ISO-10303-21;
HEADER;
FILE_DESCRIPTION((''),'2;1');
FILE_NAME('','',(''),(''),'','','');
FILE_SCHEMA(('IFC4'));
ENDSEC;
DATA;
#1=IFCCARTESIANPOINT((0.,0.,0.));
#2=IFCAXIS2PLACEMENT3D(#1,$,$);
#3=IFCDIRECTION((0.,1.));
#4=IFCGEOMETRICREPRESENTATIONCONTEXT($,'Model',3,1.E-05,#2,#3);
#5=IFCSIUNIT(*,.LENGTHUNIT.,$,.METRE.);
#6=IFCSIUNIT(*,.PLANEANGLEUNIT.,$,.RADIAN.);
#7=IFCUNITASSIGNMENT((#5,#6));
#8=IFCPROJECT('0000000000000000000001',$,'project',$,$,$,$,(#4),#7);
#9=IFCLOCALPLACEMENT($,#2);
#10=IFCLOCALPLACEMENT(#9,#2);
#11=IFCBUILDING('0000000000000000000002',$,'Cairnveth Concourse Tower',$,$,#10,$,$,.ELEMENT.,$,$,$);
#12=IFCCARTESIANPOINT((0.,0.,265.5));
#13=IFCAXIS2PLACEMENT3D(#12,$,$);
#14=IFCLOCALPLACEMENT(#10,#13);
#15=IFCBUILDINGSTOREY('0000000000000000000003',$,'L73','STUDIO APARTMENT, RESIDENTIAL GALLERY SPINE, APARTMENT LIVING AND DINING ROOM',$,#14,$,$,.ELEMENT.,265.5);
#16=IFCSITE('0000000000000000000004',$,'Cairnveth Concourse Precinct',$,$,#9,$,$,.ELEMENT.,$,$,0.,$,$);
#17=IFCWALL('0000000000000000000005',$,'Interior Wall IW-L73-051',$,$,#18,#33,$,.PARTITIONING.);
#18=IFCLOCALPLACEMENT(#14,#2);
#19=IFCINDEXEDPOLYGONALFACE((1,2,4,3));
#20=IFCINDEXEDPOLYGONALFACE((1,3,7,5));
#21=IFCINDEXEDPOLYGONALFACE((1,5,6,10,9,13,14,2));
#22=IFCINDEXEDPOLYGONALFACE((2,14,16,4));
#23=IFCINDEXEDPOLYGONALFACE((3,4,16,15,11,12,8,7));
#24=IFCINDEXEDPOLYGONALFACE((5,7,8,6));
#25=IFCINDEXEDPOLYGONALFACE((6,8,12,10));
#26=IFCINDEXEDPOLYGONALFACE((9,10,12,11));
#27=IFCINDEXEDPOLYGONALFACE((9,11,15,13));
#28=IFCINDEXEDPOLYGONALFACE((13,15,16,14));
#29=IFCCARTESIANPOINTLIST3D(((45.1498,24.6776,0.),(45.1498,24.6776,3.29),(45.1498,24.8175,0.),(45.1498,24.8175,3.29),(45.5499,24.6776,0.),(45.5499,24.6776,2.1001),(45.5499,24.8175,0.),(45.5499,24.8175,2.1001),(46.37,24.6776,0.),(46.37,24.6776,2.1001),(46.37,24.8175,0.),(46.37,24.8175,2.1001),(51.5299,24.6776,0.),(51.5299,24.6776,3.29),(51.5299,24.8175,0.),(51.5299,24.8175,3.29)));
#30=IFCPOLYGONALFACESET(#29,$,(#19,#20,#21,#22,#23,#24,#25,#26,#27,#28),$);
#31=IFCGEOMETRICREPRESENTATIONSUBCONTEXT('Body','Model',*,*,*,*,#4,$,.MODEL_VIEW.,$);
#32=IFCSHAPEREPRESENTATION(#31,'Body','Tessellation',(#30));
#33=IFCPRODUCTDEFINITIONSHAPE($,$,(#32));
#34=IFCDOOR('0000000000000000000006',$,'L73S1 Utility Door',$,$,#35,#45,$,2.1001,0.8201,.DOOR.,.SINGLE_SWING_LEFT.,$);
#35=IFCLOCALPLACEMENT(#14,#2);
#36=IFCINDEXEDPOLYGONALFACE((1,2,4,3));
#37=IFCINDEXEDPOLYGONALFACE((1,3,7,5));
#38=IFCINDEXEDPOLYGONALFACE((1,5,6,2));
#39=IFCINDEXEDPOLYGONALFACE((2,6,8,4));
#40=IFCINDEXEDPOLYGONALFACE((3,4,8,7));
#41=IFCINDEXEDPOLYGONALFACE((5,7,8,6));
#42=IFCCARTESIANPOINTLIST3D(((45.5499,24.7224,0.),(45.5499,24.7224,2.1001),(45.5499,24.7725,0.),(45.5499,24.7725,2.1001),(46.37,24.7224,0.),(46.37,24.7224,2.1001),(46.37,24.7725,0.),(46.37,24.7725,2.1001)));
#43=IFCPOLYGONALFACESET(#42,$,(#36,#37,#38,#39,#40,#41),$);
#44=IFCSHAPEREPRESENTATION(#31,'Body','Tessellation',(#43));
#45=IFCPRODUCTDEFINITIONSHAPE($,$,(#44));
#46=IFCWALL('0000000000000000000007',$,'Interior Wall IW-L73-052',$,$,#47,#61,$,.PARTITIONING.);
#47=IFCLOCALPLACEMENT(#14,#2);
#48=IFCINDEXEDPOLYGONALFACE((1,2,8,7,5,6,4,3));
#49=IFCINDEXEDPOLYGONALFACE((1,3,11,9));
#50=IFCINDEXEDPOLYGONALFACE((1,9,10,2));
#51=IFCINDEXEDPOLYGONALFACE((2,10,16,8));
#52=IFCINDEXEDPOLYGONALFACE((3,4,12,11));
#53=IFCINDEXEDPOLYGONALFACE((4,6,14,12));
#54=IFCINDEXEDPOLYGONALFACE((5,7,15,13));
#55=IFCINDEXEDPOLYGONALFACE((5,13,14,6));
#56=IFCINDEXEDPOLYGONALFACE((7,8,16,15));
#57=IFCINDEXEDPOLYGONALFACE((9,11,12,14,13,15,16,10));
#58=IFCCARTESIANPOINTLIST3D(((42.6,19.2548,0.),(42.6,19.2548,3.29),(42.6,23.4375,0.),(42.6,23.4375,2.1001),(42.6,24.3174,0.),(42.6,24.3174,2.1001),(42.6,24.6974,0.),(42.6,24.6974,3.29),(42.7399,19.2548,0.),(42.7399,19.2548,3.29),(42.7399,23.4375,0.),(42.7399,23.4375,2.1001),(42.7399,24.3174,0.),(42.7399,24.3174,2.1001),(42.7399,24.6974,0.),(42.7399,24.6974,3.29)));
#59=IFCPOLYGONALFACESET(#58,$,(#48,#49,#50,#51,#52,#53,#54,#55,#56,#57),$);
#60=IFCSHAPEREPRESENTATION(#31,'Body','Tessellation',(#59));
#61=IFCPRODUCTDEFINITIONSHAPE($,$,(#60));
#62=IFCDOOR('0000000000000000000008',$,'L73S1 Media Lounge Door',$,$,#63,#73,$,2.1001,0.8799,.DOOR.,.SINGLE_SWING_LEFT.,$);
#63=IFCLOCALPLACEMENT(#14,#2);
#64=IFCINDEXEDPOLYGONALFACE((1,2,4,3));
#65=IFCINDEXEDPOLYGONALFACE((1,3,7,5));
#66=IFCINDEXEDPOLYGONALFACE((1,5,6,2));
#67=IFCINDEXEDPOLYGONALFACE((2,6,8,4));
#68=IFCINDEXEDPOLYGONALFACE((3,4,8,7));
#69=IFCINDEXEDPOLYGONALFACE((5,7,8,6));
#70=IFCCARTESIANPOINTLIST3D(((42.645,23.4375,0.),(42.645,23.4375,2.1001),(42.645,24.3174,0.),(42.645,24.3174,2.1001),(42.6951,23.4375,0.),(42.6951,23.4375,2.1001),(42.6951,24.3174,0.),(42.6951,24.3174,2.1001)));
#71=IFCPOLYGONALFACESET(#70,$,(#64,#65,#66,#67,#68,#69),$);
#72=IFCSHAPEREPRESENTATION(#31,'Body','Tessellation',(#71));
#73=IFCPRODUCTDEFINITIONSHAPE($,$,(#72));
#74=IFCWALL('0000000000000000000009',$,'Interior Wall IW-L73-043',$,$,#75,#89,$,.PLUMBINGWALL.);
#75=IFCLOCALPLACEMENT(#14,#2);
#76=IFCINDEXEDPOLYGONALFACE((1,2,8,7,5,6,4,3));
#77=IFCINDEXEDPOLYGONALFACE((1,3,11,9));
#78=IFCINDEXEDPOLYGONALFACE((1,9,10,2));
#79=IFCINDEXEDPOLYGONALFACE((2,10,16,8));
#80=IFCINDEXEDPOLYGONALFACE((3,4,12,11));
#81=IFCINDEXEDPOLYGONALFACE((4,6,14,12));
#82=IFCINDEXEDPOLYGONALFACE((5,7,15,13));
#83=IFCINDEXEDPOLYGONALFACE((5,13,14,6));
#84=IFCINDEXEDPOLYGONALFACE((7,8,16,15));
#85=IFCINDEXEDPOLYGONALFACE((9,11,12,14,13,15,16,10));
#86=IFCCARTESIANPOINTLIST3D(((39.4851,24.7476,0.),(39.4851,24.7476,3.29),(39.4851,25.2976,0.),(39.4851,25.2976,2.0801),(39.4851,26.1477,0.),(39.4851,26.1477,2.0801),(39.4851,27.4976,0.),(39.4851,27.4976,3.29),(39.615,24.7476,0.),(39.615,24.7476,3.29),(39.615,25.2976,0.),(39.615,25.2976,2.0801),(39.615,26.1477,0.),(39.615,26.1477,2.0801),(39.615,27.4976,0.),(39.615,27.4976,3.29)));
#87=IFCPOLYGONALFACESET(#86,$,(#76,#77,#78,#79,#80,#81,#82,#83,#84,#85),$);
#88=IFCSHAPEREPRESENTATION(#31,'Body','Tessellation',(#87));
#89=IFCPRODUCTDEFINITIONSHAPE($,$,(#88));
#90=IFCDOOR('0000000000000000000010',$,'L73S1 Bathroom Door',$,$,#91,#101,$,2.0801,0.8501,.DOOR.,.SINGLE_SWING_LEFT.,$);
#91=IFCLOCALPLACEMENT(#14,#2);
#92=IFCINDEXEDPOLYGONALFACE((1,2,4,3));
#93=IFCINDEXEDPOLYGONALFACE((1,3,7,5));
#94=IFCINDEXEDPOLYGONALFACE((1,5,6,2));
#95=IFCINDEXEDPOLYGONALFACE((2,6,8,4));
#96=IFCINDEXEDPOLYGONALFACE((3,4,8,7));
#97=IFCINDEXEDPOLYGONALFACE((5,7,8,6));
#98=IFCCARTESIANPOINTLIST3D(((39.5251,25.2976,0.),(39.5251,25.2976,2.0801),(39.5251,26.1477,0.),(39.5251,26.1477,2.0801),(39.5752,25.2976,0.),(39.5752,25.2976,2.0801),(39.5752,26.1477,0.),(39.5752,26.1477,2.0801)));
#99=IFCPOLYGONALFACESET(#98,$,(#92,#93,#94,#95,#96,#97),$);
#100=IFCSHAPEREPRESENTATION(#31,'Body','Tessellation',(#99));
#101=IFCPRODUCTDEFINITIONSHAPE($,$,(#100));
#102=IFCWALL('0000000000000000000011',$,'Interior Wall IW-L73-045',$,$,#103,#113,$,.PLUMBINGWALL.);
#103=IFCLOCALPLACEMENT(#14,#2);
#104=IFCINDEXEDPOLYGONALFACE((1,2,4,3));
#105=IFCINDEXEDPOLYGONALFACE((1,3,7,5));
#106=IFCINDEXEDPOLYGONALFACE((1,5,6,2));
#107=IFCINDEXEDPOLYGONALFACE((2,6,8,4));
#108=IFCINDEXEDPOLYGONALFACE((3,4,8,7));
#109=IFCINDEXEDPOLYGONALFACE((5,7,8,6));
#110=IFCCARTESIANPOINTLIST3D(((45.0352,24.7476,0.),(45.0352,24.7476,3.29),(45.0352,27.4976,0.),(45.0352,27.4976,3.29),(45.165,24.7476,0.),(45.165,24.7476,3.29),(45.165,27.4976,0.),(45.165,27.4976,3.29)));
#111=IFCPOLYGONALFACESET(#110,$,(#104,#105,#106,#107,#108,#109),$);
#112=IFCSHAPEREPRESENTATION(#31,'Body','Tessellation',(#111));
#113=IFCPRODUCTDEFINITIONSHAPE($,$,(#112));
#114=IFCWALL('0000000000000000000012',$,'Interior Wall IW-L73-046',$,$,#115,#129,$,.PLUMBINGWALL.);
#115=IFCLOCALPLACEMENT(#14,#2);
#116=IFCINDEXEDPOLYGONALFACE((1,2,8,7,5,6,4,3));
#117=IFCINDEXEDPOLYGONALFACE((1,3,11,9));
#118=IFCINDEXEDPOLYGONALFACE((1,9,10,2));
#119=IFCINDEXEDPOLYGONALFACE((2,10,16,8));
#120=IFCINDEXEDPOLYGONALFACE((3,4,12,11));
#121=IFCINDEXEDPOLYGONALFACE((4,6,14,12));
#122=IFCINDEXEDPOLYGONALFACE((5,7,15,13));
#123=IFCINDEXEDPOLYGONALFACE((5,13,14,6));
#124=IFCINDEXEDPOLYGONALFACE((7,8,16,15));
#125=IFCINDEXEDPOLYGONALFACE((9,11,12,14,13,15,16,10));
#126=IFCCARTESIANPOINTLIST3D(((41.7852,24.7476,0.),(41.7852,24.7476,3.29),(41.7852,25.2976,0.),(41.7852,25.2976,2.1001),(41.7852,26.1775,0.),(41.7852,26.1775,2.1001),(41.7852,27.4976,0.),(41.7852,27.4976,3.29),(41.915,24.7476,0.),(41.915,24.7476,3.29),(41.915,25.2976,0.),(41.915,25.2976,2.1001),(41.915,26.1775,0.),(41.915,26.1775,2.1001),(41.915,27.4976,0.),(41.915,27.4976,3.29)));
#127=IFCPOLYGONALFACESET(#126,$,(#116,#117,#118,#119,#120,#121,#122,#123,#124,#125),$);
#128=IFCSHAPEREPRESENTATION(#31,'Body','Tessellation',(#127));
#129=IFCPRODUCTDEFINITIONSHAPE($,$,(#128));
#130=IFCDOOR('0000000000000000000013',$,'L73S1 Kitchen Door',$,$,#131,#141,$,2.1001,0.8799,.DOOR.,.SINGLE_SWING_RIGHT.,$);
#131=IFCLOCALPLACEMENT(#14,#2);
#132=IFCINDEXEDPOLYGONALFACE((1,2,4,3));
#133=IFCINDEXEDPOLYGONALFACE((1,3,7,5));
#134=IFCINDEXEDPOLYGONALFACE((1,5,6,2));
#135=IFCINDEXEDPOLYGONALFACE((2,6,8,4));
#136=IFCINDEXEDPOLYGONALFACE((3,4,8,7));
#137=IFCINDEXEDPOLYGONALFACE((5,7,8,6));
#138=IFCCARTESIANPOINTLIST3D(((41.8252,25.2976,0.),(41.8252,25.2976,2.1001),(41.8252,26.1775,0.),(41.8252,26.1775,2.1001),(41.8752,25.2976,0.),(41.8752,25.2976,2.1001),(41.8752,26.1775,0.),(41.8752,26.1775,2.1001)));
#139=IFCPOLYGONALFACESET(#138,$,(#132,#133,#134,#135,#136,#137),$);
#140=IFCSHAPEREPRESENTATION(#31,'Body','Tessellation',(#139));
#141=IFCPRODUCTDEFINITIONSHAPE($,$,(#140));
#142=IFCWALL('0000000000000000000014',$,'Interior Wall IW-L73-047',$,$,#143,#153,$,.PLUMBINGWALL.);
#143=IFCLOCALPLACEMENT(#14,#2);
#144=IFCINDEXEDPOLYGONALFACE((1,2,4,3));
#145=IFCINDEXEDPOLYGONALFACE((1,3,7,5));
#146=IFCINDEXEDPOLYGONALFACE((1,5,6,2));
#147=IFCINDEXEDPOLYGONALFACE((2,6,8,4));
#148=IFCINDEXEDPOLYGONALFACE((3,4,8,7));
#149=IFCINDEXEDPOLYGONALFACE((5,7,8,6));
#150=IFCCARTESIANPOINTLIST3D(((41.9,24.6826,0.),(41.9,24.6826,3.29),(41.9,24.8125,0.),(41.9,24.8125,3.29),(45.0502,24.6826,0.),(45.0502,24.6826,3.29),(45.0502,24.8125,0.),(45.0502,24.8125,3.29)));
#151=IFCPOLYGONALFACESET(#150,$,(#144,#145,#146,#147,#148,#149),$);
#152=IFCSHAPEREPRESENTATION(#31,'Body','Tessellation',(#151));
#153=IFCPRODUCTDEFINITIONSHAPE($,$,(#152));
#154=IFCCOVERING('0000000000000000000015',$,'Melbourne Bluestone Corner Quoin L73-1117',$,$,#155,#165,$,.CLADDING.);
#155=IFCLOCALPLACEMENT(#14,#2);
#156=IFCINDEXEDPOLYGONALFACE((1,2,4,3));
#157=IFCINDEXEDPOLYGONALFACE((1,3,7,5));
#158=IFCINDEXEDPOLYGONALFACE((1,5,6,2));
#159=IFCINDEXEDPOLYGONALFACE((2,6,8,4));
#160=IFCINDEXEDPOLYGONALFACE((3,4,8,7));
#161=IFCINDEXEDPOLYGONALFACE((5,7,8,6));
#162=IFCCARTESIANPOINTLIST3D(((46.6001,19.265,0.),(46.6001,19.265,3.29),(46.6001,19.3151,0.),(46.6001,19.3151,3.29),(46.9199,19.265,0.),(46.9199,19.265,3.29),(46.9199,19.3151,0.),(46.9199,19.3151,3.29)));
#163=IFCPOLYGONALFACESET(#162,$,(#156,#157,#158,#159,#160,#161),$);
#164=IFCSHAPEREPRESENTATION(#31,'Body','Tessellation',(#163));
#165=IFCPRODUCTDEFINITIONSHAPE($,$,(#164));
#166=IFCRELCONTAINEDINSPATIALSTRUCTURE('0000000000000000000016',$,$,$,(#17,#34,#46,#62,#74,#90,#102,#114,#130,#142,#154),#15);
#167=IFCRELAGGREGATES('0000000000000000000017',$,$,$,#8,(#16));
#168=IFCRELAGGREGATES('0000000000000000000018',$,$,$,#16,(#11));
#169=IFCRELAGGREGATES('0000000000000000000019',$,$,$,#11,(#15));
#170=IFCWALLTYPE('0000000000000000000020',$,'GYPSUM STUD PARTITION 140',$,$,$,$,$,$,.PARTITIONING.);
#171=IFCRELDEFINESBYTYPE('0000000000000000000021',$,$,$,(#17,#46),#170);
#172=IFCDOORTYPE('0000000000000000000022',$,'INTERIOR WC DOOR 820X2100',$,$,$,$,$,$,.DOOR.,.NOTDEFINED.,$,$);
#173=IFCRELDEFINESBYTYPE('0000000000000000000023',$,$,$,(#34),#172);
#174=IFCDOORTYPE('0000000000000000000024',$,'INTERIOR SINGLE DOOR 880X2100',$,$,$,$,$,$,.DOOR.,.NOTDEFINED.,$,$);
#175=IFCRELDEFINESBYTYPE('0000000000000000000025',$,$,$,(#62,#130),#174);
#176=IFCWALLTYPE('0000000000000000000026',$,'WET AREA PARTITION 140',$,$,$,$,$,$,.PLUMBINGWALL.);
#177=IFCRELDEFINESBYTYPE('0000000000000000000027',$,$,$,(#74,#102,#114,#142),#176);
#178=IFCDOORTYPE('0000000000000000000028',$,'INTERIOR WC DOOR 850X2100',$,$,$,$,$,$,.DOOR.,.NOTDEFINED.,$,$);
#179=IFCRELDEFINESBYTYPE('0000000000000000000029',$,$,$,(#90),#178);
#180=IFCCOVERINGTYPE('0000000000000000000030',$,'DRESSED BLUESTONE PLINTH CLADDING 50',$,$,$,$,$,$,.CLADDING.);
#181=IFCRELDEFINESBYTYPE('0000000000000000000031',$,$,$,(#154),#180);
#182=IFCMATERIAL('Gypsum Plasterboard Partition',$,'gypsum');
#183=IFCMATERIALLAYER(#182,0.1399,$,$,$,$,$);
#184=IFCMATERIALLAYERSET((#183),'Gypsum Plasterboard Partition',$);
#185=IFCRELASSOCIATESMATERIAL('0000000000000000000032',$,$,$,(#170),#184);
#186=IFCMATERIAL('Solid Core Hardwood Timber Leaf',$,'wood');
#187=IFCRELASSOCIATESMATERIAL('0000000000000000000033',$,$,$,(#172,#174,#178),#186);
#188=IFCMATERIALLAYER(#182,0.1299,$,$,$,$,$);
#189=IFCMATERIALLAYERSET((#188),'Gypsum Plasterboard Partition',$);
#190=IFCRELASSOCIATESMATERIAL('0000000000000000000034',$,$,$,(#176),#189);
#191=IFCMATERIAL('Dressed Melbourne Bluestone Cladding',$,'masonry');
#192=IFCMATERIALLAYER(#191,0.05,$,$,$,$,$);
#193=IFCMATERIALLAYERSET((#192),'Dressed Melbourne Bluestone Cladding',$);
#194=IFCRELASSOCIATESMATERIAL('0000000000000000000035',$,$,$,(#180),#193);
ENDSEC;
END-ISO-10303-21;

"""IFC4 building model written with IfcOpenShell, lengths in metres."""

from ifc_helpers import new_model, si_unit, direction, frame, frame_2d, origin, place, context, subcontext, project, spatial, rectangle, extrude, material, layer, layer_set, type_object, element, fill, save


model = new_model("IFC4")

# Units and contexts
model_context = context("Model", 3, precision=1e-05, world=origin(), true_north=direction((0.0, 1.0)))
body_context = subcontext(model_context, "Body", "Model", "MODEL_VIEW")
ifc_project = project(units=[si_unit("LENGTHUNIT", "METRE"), si_unit("PLANEANGLEUNIT", "RADIAN")], contexts=[model_context])

# Site, building, storey
site_placement = place(None, origin())
site = spatial("IfcSite", under=ifc_project, at=site_placement, Name="Cairnveth Concourse Precinct", CompositionType="ELEMENT", RefElevation=0.0)
building_placement = place(site_placement, origin())
building = spatial("IfcBuilding", under=site, at=building_placement, Name="Cairnveth Concourse Tower", CompositionType="ELEMENT")
storey_placement = place(building_placement, frame((0.0, 0.0, 265.5)))
storey = spatial("IfcBuildingStorey", under=building, at=storey_placement, Name="L73", Description="STUDIO APARTMENT, RESIDENTIAL GALLERY SPINE, APARTMENT LIVING AND DINING ROOM", CompositionType="ELEMENT", Elevation=265.5)

# Shared definitions
ifc_material_1 = material(Name="Gypsum Plasterboard Partition", Category="gypsum")

# Shared definitions
ifc_material_2 = material(Name="Solid Core Hardwood Timber Leaf", Category="wood")

# Walls, openings, doors
ifc_layer_1 = layer(ifc_material_1, 0.1399)
ifc_layer_set_1 = layer_set([ifc_layer_1], Name="Gypsum Plasterboard Partition")
wall_type_1 = type_object("IfcWallType", Name="GYPSUM STUD PARTITION 140", PredefinedType="PARTITIONING", material=ifc_layer_set_1)
wall_1_placement = place(storey_placement, frame((45.1499, 24.7476, 0.0), z_axis=(0.0, 0.0, 1.0), x_axis=(1.0, 0.0, 0.0)))
wall_1 = element("IfcWall", 1, at=wall_1_placement, inside=storey, type_object=wall_type_1, Name="Interior Wall IW-L73-051", PredefinedType="PARTITIONING", context=body_context, shape_type="SweptSolid", body=[
    extrude(rectangle(XDim=6.3801, YDim=0.1399, at=frame_2d((3.1899, 0.0))), origin(), (0.0, 0.0, 1.0), 3.29),
])
opening_1_placement = place(wall_1_placement, frame((0.3999, 0.0, 0.0)))
opening_1 = element("IfcOpeningElement", 2, at=opening_1_placement, cuts=wall_1, PredefinedType="OPENING", context=body_context, shape_type="SweptSolid", body=[
    extrude(rectangle(XDim=0.8201, YDim=2.1001, at=frame_2d((0.4102, 1.05))), frame((0.0, 0.0798, 0.0), z_axis=(0.0, -1.0, 0.0), x_axis=(1.0, 0.0, 0.0)), (0.0, 0.0, 1.0), 0.1599),
])
door_type_1 = type_object("IfcDoorType", Name="INTERIOR WC DOOR 820X2100", OperationType="NOTDEFINED", PredefinedType="DOOR", material=ifc_material_2)
door_1_placement = place(opening_1_placement, origin())
door_1 = element("IfcDoor", 3, at=door_1_placement, inside=storey, type_object=door_type_1, Name="L73S1 Utility Door", OperationType="SINGLE_SWING_LEFT", OverallHeight=2.1001, OverallWidth=0.8201, PredefinedType="DOOR", context=body_context, shape_type="SweptSolid", body=[
    extrude(rectangle(XDim=0.8201, YDim=2.1001, at=frame_2d((0.4102, 1.05))), frame((0.0, 0.0249, 0.0), z_axis=(0.0, -1.0, 0.0), x_axis=(1.0, 0.0, 0.0)), (0.0, 0.0, 1.0), 0.05),
])
fill(opening_1, door_1)
wall_2_placement = place(storey_placement, frame((42.6699, 19.2549, 0.0), z_axis=(0.0, 0.0, 1.0), x_axis=(0.0, 1.0, 0.0)))
wall_2 = element("IfcWall", 4, at=wall_2_placement, inside=storey, type_object=wall_type_1, Name="Interior Wall IW-L73-052", PredefinedType="PARTITIONING", context=body_context, shape_type="SweptSolid", body=[
    extrude(rectangle(XDim=5.4426, YDim=0.1399, at=frame_2d((2.7212, 0.0))), origin(), (0.0, 0.0, 1.0), 3.29),
])
opening_2_placement = place(wall_2_placement, frame((4.1826, 0.0, 0.0)))
opening_2 = element("IfcOpeningElement", 5, at=opening_2_placement, cuts=wall_2, PredefinedType="OPENING", context=body_context, shape_type="SweptSolid", body=[
    extrude(rectangle(XDim=0.8799, YDim=2.1001, at=frame_2d((0.4399, 1.05))), frame((0.0, 0.0798, 0.0), z_axis=(0.0, -1.0, 0.0), x_axis=(1.0, 0.0, 0.0)), (0.0, 0.0, 1.0), 0.1599),
])
door_type_2 = type_object("IfcDoorType", Name="INTERIOR SINGLE DOOR 880X2100", OperationType="NOTDEFINED", PredefinedType="DOOR", material=ifc_material_2)
door_2_placement = place(opening_2_placement, origin())
door_2 = element("IfcDoor", 6, at=door_2_placement, inside=storey, type_object=door_type_2, Name="L73S1 Media Lounge Door", OperationType="SINGLE_SWING_LEFT", OverallHeight=2.1001, OverallWidth=0.8799, PredefinedType="DOOR", context=body_context, shape_type="SweptSolid", body=[
    extrude(rectangle(XDim=0.8799, YDim=2.1001, at=frame_2d((0.4399, 1.05))), frame((0.0, 0.0249, 0.0), z_axis=(0.0, -1.0, 0.0), x_axis=(1.0, 0.0, 0.0)), (0.0, 0.0, 1.0), 0.05),
])
fill(opening_2, door_2)
ifc_layer_2 = layer(ifc_material_1, 0.1299)
ifc_layer_set_2 = layer_set([ifc_layer_2], Name="Gypsum Plasterboard Partition")
wall_type_2 = type_object("IfcWallType", Name="WET AREA PARTITION 140", PredefinedType="PLUMBINGWALL", material=ifc_layer_set_2)
wall_3_placement = place(storey_placement, frame((39.55, 24.7476, 0.0), z_axis=(0.0, 0.0, 1.0), x_axis=(0.0, 1.0, 0.0)))
wall_3 = element("IfcWall", 7, at=wall_3_placement, inside=storey, type_object=wall_type_2, Name="Interior Wall IW-L73-043", PredefinedType="PLUMBINGWALL", context=body_context, shape_type="SweptSolid", body=[
    extrude(rectangle(XDim=2.75, YDim=0.1299, at=frame_2d((1.375, 0.0))), origin(), (0.0, 0.0, 1.0), 3.29),
])
opening_3_placement = place(wall_3_placement, frame((0.55, 0.0, 0.0)))
opening_3 = element("IfcOpeningElement", 8, at=opening_3_placement, cuts=wall_3, PredefinedType="OPENING", context=body_context, shape_type="SweptSolid", body=[
    extrude(rectangle(XDim=0.8501, YDim=2.0801, at=frame_2d((0.425, 1.04))), frame((0.0, 0.075, 0.0), z_axis=(0.0, -1.0, 0.0), x_axis=(1.0, 0.0, 0.0)), (0.0, 0.0, 1.0), 0.1499),
])
door_type_3 = type_object("IfcDoorType", Name="INTERIOR WC DOOR 850X2100", OperationType="NOTDEFINED", PredefinedType="DOOR", material=ifc_material_2)
door_3_placement = place(opening_3_placement, origin())
door_3 = element("IfcDoor", 9, at=door_3_placement, inside=storey, type_object=door_type_3, Name="L73S1 Bathroom Door", OperationType="SINGLE_SWING_LEFT", OverallHeight=2.0801, OverallWidth=0.8501, PredefinedType="DOOR", context=body_context, shape_type="SweptSolid", body=[
    extrude(rectangle(XDim=0.8501, YDim=2.0801, at=frame_2d((0.425, 1.04))), frame((0.0, 0.0249, 0.0), z_axis=(0.0, -1.0, 0.0), x_axis=(1.0, 0.0, 0.0)), (0.0, 0.0, 1.0), 0.05),
])
fill(opening_3, door_3)

# Wall
wall_4_placement = place(storey_placement, frame((45.1001, 24.7476, 0.0), z_axis=(0.0, 0.0, 1.0), x_axis=(0.0, 1.0, 0.0)))
element("IfcWall", 10, at=wall_4_placement, inside=storey, type_object=wall_type_2, Name="Interior Wall IW-L73-045", PredefinedType="PLUMBINGWALL", context=body_context, shape_type="SweptSolid", body=[
    extrude(rectangle(XDim=2.75, YDim=0.1299, at=frame_2d((1.375, 0.0))), origin(), (0.0, 0.0, 1.0), 3.29),
])

# Wall, opening, door
wall_5_placement = place(storey_placement, frame((41.8501, 24.7476, 0.0), z_axis=(0.0, 0.0, 1.0), x_axis=(0.0, 1.0, 0.0)))
wall_5 = element("IfcWall", 11, at=wall_5_placement, inside=storey, type_object=wall_type_2, Name="Interior Wall IW-L73-046", PredefinedType="PLUMBINGWALL", context=body_context, shape_type="SweptSolid", body=[
    extrude(rectangle(XDim=2.75, YDim=0.1299, at=frame_2d((1.375, 0.0))), origin(), (0.0, 0.0, 1.0), 3.29),
])
opening_4_placement = place(wall_5_placement, frame((0.55, 0.0, 0.0)))
opening_4 = element("IfcOpeningElement", 12, at=opening_4_placement, cuts=wall_5, PredefinedType="OPENING", context=body_context, shape_type="SweptSolid", body=[
    extrude(rectangle(XDim=0.8799, YDim=2.1001, at=frame_2d((0.4399, 1.05))), frame((0.0, 0.075, 0.0), z_axis=(0.0, -1.0, 0.0), x_axis=(1.0, 0.0, 0.0)), (0.0, 0.0, 1.0), 0.1499),
])
door_4_placement = place(opening_4_placement, origin())
door_4 = element("IfcDoor", 13, at=door_4_placement, inside=storey, type_object=door_type_2, Name="L73S1 Kitchen Door", OperationType="SINGLE_SWING_RIGHT", OverallHeight=2.1001, OverallWidth=0.8799, PredefinedType="DOOR", context=body_context, shape_type="SweptSolid", body=[
    extrude(rectangle(XDim=0.8799, YDim=2.1001, at=frame_2d((0.4399, 1.05))), frame((0.0, 0.0249, 0.0), z_axis=(0.0, -1.0, 0.0), x_axis=(1.0, 0.0, 0.0)), (0.0, 0.0, 1.0), 0.05),
])
fill(opening_4, door_4)

# Wall
wall_6_placement = place(storey_placement, frame((41.8999, 24.7476, 0.0), z_axis=(0.0, 0.0, 1.0), x_axis=(1.0, 0.0, 0.0)))
element("IfcWall", 14, at=wall_6_placement, inside=storey, type_object=wall_type_2, Name="Interior Wall IW-L73-047", PredefinedType="PLUMBINGWALL", context=body_context, shape_type="SweptSolid", body=[
    extrude(rectangle(XDim=3.1501, YDim=0.1299, at=frame_2d((1.5752, 0.0))), origin(), (0.0, 0.0, 1.0), 3.29),
])

# Covering
ifc_material_3 = material(Name="Dressed Melbourne Bluestone Cladding", Category="masonry")
ifc_layer_3 = layer(ifc_material_3, 0.05)
ifc_layer_set_3 = layer_set([ifc_layer_3], Name="Dressed Melbourne Bluestone Cladding")
covering_type = type_object("IfcCoveringType", Name="DRESSED BLUESTONE PLINTH CLADDING 50", PredefinedType="CLADDING", material=ifc_layer_set_3)
covering_1_placement = place(storey_placement, frame((46.9199, 19.29, 0.0), z_axis=(0.0, 0.0, 1.0), x_axis=(-1.0, 0.0, 0.0)))
element("IfcCovering", 15, at=covering_1_placement, inside=storey, type_object=covering_type, Name="Melbourne Bluestone Corner Quoin L73-1117", PredefinedType="CLADDING", context=body_context, shape_type="SweptSolid", body=[
    extrude(rectangle(XDim=0.3198, YDim=0.05, at=frame_2d((0.1599, 0.0))), origin(), (0.0, 0.0, 1.0), 3.29),
])

save(model, "model.ifc")
